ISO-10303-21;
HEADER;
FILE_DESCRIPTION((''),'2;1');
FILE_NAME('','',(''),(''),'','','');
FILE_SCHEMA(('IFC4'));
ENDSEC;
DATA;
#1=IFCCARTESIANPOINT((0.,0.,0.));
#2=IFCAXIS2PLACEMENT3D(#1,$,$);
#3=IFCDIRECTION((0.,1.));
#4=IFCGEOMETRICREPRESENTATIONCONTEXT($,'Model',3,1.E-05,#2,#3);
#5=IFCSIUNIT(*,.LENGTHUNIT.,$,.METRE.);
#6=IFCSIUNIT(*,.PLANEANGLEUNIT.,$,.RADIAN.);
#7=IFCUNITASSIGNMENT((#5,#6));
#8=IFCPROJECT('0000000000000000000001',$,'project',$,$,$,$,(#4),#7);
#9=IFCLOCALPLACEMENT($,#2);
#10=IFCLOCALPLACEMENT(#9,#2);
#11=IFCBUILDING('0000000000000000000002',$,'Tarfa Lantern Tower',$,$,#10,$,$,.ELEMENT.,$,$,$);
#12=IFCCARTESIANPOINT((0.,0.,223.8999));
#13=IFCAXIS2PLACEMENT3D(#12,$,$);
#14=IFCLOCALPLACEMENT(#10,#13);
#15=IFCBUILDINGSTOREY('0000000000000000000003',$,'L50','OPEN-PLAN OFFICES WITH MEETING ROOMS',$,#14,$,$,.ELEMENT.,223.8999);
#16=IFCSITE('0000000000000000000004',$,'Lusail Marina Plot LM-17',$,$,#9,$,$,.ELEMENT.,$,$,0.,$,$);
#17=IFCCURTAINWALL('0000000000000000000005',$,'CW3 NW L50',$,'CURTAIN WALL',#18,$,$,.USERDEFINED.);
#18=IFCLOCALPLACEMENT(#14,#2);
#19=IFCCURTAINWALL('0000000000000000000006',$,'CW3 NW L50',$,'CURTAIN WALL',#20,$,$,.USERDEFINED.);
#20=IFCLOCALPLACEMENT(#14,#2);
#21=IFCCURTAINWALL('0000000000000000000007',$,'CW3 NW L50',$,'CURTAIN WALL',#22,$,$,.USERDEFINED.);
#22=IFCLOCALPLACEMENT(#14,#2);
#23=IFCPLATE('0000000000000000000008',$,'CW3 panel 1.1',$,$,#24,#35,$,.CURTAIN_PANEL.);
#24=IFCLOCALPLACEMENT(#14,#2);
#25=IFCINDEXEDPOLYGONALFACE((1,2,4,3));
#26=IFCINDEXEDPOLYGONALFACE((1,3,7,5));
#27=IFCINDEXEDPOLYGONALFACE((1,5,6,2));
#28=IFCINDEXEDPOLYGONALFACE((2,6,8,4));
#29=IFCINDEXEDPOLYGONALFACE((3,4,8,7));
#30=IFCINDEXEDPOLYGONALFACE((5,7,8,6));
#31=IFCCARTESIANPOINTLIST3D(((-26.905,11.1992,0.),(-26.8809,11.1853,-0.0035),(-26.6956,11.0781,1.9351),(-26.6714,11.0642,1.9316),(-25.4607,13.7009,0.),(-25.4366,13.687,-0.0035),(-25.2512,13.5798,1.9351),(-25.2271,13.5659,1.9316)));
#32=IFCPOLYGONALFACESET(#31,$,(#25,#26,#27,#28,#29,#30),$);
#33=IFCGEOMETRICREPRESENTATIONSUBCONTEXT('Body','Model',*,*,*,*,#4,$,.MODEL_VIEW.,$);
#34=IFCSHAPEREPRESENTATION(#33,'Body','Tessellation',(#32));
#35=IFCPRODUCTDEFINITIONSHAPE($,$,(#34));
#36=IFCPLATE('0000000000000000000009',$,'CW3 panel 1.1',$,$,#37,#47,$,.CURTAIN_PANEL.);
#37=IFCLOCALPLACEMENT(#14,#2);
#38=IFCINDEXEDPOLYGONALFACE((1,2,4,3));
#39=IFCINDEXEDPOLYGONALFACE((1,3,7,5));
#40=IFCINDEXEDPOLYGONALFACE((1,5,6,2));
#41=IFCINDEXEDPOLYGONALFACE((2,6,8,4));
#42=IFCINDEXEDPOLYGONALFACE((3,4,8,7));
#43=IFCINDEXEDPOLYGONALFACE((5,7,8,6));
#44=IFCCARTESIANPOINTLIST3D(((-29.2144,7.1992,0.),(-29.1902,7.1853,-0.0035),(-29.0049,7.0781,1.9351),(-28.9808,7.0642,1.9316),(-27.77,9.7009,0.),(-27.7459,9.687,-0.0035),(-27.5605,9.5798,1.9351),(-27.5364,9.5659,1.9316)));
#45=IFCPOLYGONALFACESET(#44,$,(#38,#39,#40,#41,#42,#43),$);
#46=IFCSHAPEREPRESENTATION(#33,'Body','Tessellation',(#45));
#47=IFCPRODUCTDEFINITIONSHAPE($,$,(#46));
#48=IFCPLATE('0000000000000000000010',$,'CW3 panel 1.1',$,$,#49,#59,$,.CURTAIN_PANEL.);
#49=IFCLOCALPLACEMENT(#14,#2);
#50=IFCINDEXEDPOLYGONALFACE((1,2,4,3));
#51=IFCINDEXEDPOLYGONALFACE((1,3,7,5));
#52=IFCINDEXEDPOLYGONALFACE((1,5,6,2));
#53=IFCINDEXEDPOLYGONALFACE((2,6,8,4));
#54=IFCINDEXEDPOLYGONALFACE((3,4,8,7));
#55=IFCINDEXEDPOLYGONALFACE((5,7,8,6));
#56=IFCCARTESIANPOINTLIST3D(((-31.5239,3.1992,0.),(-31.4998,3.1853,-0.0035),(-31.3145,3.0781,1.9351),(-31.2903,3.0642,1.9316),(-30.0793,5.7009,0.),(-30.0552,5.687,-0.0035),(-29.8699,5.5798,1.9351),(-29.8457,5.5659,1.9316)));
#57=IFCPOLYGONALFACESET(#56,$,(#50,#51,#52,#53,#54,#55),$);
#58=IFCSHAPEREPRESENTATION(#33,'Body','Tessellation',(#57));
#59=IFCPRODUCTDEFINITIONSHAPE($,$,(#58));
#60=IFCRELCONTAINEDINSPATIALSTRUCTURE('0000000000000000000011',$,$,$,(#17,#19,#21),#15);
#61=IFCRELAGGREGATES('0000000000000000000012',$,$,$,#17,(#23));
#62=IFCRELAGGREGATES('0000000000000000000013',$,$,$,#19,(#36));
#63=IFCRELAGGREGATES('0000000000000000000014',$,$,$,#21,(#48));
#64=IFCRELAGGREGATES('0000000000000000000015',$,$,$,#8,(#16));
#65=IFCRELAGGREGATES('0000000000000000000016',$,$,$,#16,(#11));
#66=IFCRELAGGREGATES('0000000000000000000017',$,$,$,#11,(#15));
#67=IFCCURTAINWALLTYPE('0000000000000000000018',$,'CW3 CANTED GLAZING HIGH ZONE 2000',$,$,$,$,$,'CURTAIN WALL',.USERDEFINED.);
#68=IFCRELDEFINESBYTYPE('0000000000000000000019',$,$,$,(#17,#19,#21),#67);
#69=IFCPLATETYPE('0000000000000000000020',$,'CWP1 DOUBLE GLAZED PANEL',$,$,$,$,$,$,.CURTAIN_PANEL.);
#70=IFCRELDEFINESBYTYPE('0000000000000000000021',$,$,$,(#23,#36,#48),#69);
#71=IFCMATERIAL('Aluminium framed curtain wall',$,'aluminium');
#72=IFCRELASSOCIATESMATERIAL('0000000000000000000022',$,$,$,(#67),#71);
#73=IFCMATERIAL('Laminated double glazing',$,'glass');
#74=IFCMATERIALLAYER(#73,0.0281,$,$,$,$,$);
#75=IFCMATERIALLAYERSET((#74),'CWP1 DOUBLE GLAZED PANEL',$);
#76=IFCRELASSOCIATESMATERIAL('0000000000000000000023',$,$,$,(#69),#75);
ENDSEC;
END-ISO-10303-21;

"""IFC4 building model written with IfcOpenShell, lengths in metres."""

from ifc_helpers import new_model, si_unit, direction, frame, origin, place, context, subcontext, project, spatial, polyline, outline, extrude, material, layer, layer_set, type_object, element, aggregate, save


model = new_model("IFC4")

# Units and contexts
model_context = context("Model", 3, precision=1e-05, world=origin(), true_north=direction((0.0, 1.0)))
body_context = subcontext(model_context, "Body", "Model", "MODEL_VIEW")
ifc_project = project(units=[si_unit("LENGTHUNIT", "METRE"), si_unit("PLANEANGLEUNIT", "RADIAN")], contexts=[model_context])

# Site, building, storey
site_placement = place(None, origin())
site = spatial("IfcSite", under=ifc_project, at=site_placement, Name="Lusail Marina Plot LM-17", CompositionType="ELEMENT", RefElevation=0.0)
building_placement = place(site_placement, origin())
building = spatial("IfcBuilding", under=site, at=building_placement, Name="Tarfa Lantern Tower", CompositionType="ELEMENT")
storey_placement = place(building_placement, frame((0.0, 0.0, 223.8999)))
storey = spatial("IfcBuildingStorey", under=building, at=storey_placement, Name="L50", Description="OPEN-PLAN OFFICES WITH MEETING ROOMS", CompositionType="ELEMENT", Elevation=223.8999)

# Curtain wall
ifc_material_1 = material(Name="Aluminium framed curtain wall", Category="aluminium")
curtain_wall_type = type_object("IfcCurtainWallType", Name="CW3 CANTED GLAZING HIGH ZONE 2000", ElementType="CURTAIN WALL", PredefinedType="USERDEFINED", material=ifc_material_1)
curtain_wall_1_placement = place(storey_placement, origin())
curtain_wall_1 = element("IfcCurtainWall", 1, at=curtain_wall_1_placement, inside=storey, type_object=curtain_wall_type, Name="CW3 NW L50", ObjectType="CURTAIN WALL", PredefinedType="USERDEFINED")

# Curtain walls
curtain_wall_2_placement = place(storey_placement, origin())
curtain_wall_2 = element("IfcCurtainWall", 2, at=curtain_wall_2_placement, inside=storey, type_object=curtain_wall_type, Name="CW3 NW L50", ObjectType="CURTAIN WALL", PredefinedType="USERDEFINED")
curtain_wall_3_placement = place(storey_placement, origin())
curtain_wall_3 = element("IfcCurtainWall", 3, at=curtain_wall_3_placement, inside=storey, type_object=curtain_wall_type, Name="CW3 NW L50", ObjectType="CURTAIN WALL", PredefinedType="USERDEFINED")

# Plates
ifc_material_2 = material(Name="Laminated double glazing", Category="glass")
ifc_layer = layer(ifc_material_2, 0.0281)
ifc_layer_set = layer_set([ifc_layer], Name="CWP1 DOUBLE GLAZED PANEL")
plate_type = type_object("IfcPlateType", Name="CWP1 DOUBLE GLAZED PANEL", PredefinedType="CURTAIN_PANEL", material=ifc_layer_set)
plate_1_placement = place(storey_placement, frame((-25.4607, 13.7009, 0.0), z_axis=(-0.859338, 0.49613, 0.124072), x_axis=(-0.499993, -0.866029, 0.0)))
plate_1 = element("IfcPlate", 4, at=plate_1_placement, type_object=plate_type, Name="CW3 panel 1.1", PredefinedType="CURTAIN_PANEL", context=body_context, shape_type="SweptSolid", body=[
    extrude(outline(polyline([(0.0, 0.0), (2.8887, 0.0), (2.8888, 1.9501), (0.0001, 1.9501), (0.0, 0.0)])), origin(), (0.0, 0.0, -1.0), 0.0281),
])
aggregate(curtain_wall_1, [plate_1])
plate_2_placement = place(storey_placement, frame((-27.77, 9.7009, 0.0), z_axis=(-0.859338, 0.49613, 0.124072), x_axis=(-0.499993, -0.866029, 0.0)))
plate_2 = element("IfcPlate", 5, at=plate_2_placement, type_object=plate_type, Name="CW3 panel 1.1", PredefinedType="CURTAIN_PANEL", context=body_context, shape_type="SweptSolid", body=[
    extrude(outline(polyline([(0.0, 0.0), (2.8887, 0.0), (2.8888, 1.9501), (0.0001, 1.9501), (0.0, 0.0)])), origin(), (0.0, 0.0, -1.0), 0.0281),
])
aggregate(curtain_wall_2, [plate_2])
plate_3_placement = place(storey_placement, frame((-30.0793, 5.7009, 0.0), z_axis=(-0.859301, 0.496193, 0.124072), x_axis=(-0.500057, -0.865993, 0.0)))
plate_3 = element("IfcPlate", 6, at=plate_3_placement, type_object=plate_type, Name="CW3 panel 1.1", PredefinedType="CURTAIN_PANEL", context=body_context, shape_type="SweptSolid", body=[
    extrude(outline(polyline([(0.0, 0.0), (2.8888, 0.0), (2.889, 1.9501), (0.0001, 1.9501), (0.0, 0.0)])), origin(), (0.0, 0.0, -1.0), 0.0281),
])
aggregate(curtain_wall_3, [plate_3])

save(model, "model.ifc")
